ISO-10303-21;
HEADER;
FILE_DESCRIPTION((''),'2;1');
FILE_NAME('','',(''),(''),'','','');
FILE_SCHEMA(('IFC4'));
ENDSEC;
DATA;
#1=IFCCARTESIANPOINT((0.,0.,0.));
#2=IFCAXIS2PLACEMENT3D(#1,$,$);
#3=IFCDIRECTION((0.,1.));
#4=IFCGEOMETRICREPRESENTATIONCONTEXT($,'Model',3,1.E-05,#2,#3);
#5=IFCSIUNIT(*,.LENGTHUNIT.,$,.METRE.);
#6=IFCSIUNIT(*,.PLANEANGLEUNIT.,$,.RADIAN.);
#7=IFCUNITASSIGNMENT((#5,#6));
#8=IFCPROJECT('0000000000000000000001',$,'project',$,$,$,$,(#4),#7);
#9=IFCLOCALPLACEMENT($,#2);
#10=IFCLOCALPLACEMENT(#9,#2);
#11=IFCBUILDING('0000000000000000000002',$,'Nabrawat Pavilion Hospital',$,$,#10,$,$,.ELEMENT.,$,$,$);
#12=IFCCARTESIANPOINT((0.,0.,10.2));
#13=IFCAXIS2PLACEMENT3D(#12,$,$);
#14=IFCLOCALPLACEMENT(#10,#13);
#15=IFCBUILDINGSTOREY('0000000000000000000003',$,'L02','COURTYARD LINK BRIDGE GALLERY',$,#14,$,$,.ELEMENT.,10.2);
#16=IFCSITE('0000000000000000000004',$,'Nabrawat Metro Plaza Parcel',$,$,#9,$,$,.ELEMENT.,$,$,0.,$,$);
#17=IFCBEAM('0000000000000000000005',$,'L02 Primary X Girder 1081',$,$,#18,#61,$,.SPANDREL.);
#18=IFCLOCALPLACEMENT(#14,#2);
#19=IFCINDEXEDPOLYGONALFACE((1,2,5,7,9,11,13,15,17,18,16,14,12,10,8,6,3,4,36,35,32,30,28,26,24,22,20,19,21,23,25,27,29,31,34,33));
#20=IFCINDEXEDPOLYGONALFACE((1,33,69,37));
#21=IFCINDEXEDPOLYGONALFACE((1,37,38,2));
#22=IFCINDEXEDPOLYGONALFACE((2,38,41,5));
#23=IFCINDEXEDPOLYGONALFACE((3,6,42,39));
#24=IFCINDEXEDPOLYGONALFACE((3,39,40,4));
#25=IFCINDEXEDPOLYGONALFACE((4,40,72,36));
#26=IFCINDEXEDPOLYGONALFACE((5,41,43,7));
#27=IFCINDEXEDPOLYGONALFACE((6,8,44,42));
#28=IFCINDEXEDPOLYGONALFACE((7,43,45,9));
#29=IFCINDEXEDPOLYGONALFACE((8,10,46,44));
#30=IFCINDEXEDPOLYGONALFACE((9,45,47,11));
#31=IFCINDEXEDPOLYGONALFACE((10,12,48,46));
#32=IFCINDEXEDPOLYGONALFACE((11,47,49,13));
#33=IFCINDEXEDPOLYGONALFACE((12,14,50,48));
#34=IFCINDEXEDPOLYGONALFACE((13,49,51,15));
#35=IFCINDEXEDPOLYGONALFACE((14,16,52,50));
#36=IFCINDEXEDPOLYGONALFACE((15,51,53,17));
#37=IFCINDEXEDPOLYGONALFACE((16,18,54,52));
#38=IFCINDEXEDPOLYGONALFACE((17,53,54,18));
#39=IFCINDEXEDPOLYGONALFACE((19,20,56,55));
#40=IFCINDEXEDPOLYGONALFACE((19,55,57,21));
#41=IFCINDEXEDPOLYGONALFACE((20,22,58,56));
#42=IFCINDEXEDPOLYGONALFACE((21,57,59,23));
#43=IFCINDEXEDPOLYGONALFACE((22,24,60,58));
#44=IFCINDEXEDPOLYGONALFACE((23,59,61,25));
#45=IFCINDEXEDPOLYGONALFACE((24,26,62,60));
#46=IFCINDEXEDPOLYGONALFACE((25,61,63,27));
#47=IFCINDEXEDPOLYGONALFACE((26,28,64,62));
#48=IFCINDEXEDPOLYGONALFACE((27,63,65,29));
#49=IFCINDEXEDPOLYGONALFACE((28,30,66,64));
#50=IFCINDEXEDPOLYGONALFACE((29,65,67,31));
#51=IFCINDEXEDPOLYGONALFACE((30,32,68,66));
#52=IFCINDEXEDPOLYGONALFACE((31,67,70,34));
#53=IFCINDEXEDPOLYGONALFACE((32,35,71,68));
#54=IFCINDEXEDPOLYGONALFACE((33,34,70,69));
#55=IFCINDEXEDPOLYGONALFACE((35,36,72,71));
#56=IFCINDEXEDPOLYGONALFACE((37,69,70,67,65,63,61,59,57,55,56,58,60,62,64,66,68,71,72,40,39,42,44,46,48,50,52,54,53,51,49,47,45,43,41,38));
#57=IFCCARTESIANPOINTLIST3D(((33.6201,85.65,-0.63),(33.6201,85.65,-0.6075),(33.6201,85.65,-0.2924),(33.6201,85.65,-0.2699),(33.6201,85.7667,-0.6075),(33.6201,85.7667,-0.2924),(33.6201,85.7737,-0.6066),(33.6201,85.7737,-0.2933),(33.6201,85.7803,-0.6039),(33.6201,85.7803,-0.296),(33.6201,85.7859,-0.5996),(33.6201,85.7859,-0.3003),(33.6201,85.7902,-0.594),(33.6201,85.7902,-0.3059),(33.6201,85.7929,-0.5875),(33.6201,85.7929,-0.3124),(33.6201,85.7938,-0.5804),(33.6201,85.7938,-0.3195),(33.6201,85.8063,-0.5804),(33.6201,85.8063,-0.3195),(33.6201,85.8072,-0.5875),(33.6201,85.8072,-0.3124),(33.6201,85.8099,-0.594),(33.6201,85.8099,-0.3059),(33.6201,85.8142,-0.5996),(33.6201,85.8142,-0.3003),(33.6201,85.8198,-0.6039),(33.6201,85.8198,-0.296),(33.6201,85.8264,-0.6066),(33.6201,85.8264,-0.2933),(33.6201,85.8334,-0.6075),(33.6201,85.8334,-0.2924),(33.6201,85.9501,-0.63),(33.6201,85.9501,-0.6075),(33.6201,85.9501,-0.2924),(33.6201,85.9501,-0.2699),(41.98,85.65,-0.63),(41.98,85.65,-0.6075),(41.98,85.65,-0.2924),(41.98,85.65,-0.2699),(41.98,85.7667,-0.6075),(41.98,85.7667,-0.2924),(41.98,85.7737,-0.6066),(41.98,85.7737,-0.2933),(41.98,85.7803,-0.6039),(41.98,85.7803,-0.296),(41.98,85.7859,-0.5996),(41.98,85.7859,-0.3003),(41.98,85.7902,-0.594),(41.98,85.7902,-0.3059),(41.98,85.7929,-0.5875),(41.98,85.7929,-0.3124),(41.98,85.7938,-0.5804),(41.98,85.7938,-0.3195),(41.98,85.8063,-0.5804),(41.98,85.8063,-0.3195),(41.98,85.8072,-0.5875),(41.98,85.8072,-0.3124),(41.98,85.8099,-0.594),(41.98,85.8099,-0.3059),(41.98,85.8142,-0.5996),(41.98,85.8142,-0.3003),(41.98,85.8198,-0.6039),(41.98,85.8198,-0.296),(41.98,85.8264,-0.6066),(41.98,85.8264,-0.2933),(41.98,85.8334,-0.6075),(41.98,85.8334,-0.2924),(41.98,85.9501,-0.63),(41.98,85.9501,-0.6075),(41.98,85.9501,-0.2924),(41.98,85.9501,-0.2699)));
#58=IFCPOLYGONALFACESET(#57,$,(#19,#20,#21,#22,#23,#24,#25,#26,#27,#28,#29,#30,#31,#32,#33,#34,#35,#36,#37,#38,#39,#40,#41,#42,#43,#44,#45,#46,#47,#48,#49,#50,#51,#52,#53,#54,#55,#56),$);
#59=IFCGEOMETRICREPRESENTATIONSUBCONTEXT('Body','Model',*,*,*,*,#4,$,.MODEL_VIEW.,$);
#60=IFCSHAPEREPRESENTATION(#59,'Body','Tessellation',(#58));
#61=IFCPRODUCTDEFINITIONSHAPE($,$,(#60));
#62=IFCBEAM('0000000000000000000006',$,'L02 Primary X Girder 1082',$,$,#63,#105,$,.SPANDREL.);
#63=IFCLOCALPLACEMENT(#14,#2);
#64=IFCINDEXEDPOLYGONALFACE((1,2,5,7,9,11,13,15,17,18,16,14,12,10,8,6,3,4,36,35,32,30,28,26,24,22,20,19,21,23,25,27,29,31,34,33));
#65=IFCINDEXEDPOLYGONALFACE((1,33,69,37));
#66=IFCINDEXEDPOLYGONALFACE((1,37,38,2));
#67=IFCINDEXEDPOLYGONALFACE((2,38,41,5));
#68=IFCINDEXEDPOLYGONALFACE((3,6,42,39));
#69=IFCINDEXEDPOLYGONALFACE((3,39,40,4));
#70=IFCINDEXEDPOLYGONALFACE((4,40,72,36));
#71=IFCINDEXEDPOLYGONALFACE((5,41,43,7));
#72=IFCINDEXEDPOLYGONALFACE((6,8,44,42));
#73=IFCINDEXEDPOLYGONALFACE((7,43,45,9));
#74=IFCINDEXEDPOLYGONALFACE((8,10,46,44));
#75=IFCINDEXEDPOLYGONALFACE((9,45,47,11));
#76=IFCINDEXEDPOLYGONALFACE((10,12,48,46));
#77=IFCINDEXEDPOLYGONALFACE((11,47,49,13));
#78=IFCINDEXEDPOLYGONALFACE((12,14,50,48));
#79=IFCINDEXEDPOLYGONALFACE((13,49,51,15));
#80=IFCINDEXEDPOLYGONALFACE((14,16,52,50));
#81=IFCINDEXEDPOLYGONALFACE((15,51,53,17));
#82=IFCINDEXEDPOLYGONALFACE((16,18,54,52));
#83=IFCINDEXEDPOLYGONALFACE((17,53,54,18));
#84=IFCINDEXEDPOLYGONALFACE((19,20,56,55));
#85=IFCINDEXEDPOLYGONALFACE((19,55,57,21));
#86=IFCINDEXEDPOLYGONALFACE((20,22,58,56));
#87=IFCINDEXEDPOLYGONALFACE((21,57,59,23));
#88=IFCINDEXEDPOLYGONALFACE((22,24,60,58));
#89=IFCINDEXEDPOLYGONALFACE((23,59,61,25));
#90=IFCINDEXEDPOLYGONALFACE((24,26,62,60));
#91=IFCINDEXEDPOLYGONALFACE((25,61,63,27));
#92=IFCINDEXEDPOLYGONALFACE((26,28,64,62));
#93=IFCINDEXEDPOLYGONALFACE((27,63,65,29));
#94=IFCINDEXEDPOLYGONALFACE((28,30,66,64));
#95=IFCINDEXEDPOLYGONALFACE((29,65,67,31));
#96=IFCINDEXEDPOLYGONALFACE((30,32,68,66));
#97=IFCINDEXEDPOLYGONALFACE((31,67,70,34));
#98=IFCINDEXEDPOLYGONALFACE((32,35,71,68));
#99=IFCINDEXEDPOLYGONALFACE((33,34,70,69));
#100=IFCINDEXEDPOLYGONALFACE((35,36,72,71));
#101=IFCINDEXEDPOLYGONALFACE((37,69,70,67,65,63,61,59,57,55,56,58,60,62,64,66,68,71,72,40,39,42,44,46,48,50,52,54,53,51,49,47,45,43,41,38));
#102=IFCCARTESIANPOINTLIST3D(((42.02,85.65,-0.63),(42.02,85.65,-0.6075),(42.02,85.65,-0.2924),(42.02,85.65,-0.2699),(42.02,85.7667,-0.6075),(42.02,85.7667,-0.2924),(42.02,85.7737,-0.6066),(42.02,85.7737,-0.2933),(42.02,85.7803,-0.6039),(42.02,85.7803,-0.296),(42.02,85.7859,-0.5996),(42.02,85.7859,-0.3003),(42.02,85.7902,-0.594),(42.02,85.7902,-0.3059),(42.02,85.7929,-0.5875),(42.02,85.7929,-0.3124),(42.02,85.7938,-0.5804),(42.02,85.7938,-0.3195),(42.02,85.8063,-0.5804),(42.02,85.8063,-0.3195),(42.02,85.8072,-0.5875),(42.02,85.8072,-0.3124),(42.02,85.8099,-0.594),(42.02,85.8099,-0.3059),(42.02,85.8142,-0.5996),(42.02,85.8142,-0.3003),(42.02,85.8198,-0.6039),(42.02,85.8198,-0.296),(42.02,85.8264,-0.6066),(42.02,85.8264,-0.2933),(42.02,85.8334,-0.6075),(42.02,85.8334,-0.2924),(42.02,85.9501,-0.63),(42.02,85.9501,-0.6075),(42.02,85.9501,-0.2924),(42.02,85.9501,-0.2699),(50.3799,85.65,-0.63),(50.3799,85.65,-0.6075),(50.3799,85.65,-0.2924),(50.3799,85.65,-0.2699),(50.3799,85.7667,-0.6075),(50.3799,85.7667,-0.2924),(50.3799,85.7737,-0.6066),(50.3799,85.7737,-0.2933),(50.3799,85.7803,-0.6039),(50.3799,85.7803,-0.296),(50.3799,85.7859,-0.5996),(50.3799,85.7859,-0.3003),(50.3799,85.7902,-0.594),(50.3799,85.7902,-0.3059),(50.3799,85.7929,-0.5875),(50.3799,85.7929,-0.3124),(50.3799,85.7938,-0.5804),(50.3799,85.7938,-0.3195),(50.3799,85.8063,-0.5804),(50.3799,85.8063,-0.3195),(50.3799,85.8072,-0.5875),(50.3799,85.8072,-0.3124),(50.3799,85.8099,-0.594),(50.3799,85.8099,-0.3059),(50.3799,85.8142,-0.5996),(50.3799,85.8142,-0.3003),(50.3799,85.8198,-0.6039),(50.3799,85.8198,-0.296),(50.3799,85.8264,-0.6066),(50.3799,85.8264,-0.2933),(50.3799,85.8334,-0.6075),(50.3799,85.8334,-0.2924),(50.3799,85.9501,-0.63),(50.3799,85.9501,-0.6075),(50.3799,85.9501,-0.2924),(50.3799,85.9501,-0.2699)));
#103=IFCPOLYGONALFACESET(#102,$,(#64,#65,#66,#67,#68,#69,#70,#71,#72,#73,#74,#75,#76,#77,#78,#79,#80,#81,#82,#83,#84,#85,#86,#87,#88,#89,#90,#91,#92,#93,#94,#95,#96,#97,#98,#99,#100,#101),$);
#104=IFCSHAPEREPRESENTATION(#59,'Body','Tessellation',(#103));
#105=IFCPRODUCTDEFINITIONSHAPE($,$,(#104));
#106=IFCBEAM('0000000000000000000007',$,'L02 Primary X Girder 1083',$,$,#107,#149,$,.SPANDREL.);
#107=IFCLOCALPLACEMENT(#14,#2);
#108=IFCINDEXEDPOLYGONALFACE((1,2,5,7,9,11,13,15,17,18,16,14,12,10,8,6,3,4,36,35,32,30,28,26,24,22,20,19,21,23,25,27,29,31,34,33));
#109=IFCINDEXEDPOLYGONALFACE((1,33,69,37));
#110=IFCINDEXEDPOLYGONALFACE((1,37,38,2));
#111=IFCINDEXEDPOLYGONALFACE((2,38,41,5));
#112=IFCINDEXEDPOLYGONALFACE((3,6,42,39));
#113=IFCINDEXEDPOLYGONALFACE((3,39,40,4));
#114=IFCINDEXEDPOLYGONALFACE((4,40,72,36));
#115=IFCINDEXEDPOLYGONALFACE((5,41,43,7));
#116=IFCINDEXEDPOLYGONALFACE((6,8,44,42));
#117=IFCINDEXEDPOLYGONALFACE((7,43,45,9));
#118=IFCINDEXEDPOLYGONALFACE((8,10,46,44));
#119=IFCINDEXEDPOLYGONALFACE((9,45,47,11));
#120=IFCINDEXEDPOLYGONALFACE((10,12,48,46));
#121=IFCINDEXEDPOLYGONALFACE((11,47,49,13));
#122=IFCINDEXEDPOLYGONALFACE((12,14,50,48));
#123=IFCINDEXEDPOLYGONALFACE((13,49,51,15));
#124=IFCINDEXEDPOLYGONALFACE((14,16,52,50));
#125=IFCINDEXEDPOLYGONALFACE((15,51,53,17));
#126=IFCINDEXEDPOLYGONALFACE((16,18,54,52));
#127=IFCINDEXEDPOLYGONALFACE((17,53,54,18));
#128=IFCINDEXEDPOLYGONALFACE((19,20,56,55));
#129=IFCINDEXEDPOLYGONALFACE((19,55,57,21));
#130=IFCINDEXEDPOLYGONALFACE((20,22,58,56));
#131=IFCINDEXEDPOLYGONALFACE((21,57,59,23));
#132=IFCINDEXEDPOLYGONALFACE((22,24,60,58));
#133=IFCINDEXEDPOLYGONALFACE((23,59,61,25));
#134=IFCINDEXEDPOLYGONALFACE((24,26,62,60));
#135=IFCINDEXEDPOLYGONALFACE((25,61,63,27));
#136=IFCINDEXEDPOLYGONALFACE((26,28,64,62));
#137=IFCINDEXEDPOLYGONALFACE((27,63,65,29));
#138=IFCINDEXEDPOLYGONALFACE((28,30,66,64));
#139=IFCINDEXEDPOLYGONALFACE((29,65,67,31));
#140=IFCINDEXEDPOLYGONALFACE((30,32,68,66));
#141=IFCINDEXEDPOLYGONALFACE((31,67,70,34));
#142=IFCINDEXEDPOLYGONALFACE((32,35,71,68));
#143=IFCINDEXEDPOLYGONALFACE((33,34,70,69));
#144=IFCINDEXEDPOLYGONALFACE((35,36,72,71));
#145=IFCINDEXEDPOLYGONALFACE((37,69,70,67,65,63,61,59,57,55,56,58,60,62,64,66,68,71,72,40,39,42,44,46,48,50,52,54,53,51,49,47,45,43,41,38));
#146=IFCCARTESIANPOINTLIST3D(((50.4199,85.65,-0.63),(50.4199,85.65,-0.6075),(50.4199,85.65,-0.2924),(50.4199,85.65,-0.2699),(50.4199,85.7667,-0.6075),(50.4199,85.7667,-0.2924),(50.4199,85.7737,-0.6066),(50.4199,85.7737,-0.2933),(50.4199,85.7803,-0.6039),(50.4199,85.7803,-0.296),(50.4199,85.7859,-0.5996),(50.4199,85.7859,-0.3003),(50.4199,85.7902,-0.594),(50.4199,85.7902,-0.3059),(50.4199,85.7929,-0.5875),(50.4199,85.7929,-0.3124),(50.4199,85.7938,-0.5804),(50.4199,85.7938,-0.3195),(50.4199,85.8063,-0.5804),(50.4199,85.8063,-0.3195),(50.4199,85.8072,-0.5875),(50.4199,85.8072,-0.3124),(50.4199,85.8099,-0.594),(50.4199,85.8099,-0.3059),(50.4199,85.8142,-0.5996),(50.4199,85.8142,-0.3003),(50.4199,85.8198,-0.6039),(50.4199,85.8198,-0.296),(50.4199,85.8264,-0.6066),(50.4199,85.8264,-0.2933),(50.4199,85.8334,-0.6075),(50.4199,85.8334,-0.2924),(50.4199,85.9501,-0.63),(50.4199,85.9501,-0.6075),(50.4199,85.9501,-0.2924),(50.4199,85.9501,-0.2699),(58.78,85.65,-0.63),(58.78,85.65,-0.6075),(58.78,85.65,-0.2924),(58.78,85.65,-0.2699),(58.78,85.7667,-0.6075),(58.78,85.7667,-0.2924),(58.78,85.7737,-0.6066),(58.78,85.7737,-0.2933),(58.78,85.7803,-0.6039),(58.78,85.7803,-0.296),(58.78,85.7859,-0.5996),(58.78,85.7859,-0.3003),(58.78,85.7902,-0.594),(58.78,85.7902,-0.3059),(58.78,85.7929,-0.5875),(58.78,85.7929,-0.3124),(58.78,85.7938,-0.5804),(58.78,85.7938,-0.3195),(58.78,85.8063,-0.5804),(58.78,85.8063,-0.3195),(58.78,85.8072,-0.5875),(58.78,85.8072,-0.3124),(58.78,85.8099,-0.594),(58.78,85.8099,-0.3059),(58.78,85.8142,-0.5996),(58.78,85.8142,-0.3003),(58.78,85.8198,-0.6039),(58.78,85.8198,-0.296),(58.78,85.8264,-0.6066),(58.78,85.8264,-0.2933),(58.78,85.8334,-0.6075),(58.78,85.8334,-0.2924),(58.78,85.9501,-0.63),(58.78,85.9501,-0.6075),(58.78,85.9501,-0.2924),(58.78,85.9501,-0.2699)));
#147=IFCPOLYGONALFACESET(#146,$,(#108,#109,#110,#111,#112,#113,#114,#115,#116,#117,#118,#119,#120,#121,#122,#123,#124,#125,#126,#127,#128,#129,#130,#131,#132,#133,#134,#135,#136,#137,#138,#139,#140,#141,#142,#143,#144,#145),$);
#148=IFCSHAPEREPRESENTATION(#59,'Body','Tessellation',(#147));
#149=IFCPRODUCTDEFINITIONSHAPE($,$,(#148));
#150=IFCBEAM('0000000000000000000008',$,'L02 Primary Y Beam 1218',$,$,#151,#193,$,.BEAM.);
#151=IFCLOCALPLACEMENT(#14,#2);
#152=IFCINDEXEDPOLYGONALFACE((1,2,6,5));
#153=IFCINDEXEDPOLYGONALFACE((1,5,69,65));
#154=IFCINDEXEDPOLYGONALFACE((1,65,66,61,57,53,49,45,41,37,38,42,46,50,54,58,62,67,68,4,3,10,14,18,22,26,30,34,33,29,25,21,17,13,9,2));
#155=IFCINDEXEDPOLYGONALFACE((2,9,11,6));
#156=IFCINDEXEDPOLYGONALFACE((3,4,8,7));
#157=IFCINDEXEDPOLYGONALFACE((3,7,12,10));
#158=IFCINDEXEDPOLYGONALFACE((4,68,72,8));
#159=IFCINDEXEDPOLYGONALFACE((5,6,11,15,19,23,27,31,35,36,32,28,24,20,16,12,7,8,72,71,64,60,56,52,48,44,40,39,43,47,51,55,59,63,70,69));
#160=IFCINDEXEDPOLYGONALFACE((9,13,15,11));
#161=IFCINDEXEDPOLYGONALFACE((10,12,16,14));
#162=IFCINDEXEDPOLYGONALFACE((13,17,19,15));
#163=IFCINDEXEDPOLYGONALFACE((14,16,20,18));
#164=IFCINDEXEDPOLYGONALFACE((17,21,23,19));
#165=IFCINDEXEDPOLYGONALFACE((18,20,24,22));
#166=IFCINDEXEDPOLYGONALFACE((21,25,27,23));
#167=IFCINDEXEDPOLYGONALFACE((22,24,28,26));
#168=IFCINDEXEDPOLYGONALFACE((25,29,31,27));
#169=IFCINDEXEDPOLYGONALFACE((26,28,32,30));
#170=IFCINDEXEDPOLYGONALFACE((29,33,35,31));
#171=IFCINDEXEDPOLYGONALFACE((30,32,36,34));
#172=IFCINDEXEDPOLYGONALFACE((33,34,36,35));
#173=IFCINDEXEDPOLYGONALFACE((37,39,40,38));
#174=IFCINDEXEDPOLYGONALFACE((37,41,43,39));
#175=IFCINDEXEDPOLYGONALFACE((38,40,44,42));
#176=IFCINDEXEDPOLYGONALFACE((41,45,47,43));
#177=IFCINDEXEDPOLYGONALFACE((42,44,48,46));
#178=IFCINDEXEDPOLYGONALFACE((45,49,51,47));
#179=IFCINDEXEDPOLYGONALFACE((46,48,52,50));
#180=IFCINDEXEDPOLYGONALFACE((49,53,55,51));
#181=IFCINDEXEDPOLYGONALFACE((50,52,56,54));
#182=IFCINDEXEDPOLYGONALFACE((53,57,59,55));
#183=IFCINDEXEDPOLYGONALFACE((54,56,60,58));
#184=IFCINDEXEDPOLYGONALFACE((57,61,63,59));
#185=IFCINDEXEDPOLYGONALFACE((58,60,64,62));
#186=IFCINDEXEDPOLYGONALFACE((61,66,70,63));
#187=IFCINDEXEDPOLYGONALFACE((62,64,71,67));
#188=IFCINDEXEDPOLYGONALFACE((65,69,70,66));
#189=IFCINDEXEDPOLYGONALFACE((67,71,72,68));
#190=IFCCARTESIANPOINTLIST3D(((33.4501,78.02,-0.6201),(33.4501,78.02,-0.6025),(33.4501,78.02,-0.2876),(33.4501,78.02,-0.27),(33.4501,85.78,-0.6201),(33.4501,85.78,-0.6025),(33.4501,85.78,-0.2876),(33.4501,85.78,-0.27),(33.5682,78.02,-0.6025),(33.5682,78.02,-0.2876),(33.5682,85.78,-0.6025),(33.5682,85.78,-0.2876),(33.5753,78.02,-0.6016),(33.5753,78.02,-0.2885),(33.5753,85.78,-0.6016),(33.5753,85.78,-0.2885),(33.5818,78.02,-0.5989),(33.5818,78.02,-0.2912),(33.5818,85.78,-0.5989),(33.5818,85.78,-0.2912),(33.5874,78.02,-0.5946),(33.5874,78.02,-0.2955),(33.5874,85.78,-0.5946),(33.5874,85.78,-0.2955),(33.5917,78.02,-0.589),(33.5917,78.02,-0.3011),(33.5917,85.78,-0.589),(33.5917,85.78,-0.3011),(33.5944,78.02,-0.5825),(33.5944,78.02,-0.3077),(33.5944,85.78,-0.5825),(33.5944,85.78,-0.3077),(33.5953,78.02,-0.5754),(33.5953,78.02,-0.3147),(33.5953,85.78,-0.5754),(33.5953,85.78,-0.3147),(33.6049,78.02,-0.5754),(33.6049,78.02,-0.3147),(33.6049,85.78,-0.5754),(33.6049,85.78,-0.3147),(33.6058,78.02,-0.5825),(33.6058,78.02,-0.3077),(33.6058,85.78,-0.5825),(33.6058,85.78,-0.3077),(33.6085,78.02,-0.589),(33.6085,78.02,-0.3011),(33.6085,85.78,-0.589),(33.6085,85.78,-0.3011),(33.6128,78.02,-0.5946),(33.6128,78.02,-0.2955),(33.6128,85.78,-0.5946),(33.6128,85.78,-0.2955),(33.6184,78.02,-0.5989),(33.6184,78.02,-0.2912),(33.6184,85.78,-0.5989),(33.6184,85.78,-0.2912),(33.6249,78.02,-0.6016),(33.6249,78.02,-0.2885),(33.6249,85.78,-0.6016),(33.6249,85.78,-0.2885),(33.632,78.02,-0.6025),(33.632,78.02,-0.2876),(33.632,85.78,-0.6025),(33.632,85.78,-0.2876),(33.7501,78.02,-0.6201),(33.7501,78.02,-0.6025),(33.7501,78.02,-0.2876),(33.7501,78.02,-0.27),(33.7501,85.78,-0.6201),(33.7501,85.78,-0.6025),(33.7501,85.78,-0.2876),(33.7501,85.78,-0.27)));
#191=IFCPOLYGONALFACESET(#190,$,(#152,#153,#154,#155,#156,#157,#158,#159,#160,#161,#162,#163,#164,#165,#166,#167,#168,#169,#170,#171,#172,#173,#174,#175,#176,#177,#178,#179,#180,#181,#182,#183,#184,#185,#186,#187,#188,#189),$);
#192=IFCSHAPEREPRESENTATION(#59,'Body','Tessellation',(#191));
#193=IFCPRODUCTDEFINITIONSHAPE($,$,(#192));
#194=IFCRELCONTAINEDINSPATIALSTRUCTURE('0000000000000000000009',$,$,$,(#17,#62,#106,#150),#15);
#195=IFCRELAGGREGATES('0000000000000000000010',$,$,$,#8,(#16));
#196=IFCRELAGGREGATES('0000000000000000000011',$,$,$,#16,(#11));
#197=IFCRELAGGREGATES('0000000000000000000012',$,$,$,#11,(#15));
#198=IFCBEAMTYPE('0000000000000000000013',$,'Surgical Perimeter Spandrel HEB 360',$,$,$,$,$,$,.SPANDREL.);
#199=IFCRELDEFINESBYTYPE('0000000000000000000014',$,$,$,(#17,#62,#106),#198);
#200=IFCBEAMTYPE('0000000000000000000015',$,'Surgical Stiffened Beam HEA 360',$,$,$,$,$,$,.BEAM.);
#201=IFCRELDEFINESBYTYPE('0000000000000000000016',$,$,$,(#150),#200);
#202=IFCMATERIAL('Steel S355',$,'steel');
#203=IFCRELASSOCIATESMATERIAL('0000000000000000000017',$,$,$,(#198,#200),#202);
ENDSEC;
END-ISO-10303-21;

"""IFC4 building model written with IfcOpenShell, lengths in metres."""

from ifc_helpers import new_model, si_unit, direction, frame, origin, origin_2d, place, context, subcontext, project, spatial, i_section, extrude, material, material_profile, profile_set, type_object, element, save


model = new_model("IFC4")

# Units and contexts
model_context = context("Model", 3, precision=1e-05, world=origin(), true_north=direction((0.0, 1.0)))
body_context = subcontext(model_context, "Body", "Model", "MODEL_VIEW")
ifc_project = project(units=[si_unit("LENGTHUNIT", "METRE"), si_unit("PLANEANGLEUNIT", "RADIAN")], contexts=[model_context])

# Site, building, storey
site_placement = place(None, origin())
site = spatial("IfcSite", under=ifc_project, at=site_placement, Name="Nabrawat Metro Plaza Parcel", CompositionType="ELEMENT", RefElevation=0.0)
building_placement = place(site_placement, origin())
building = spatial("IfcBuilding", under=site, at=building_placement, Name="Nabrawat Pavilion Hospital", CompositionType="ELEMENT")
storey_placement = place(building_placement, frame((0.0, 0.0, 10.2)))
storey = spatial("IfcBuildingStorey", under=building, at=storey_placement, Name="L02", Description="COURTYARD LINK BRIDGE GALLERY", CompositionType="ELEMENT", Elevation=10.2)

# Shared definitions
ifc_material_1 = material(Name="Steel S355", Category="steel")

# Beams
ifc_material_profile_1 = material_profile(ifc_material_1, i_section(OverallWidth=0.3, OverallDepth=0.3601, WebThickness=0.0125, FlangeThickness=0.0225, FilletRadius=0.0271, at=origin_2d()), Name="HEB 360")
ifc_profile_set_1 = profile_set([ifc_material_profile_1], Name="Steel S355")
beam_type_1 = type_object("IfcBeamType", Name="Surgical Perimeter Spandrel HEB 360", PredefinedType="SPANDREL", material=ifc_profile_set_1)
for number, where, z_axis, x_axis, name in (
    (1, (33.6201, 85.8, -0.45), (1.0, 0.0, 0.0), (0.0, 1.0, 0.0), "L02 Primary X Girder 1081"),
    (2, (42.02, 85.8, -0.45), (1.0, 0.0, 0.0), (0.0, 1.0, 0.0), "L02 Primary X Girder 1082"),
):
    element("IfcBeam", number, at=place(storey_placement, frame(where, z_axis=z_axis, x_axis=x_axis)), inside=storey, type_object=beam_type_1, Name=name, PredefinedType="SPANDREL", context=body_context, shape_type="SweptSolid", body=[
        extrude(i_section(OverallWidth=0.3, OverallDepth=0.3601, WebThickness=0.0125, FlangeThickness=0.0225, FilletRadius=0.0271, at=origin_2d()), origin(), (0.0, 0.0, 1.0), 8.3599),
    ])
beam_placement = place(storey_placement, frame((50.4199, 85.8, -0.45), z_axis=(1.0, 0.0, 0.0), x_axis=(0.0, 1.0, 0.0)))
element("IfcBeam", 3, at=beam_placement, inside=storey, type_object=beam_type_1, Name="L02 Primary X Girder 1083", PredefinedType="SPANDREL", context=body_context, shape_type="SweptSolid", body=[
    extrude(i_section(OverallWidth=0.3, OverallDepth=0.3601, WebThickness=0.0125, FlangeThickness=0.0225, FilletRadius=0.0271, at=origin_2d()), origin(), (0.0, 0.0, 1.0), 8.3601),
])
ifc_material_profile_2 = material_profile(ifc_material_1, i_section(OverallWidth=0.3, OverallDepth=0.3501, WebThickness=0.0095, FlangeThickness=0.0176, FilletRadius=0.0271, at=origin_2d()), Name="HEA 360")
ifc_profile_set_2 = profile_set([ifc_material_profile_2], Name="Steel S355")
beam_type_2 = type_object("IfcBeamType", Name="Surgical Stiffened Beam HEA 360", PredefinedType="BEAM", material=ifc_profile_set_2)
for number, where, z_axis, x_axis, name in (
    (4, (33.6001, 78.02, -0.4451), (0.0, 1.0, 0.0), (-1.0, 0.0, 0.0), "L02 Primary Y Beam 1218"),
):
    element("IfcBeam", number, at=place(storey_placement, frame(where, z_axis=z_axis, x_axis=x_axis)), inside=storey, type_object=beam_type_2, Name=name, PredefinedType="BEAM", context=body_context, shape_type="SweptSolid", body=[
        extrude(i_section(OverallWidth=0.3, OverallDepth=0.3501, WebThickness=0.0095, FlangeThickness=0.0176, FilletRadius=0.0271, at=origin_2d()), origin(), (0.0, 0.0, 1.0), 7.76),
    ])

save(model, "model.ifc")
